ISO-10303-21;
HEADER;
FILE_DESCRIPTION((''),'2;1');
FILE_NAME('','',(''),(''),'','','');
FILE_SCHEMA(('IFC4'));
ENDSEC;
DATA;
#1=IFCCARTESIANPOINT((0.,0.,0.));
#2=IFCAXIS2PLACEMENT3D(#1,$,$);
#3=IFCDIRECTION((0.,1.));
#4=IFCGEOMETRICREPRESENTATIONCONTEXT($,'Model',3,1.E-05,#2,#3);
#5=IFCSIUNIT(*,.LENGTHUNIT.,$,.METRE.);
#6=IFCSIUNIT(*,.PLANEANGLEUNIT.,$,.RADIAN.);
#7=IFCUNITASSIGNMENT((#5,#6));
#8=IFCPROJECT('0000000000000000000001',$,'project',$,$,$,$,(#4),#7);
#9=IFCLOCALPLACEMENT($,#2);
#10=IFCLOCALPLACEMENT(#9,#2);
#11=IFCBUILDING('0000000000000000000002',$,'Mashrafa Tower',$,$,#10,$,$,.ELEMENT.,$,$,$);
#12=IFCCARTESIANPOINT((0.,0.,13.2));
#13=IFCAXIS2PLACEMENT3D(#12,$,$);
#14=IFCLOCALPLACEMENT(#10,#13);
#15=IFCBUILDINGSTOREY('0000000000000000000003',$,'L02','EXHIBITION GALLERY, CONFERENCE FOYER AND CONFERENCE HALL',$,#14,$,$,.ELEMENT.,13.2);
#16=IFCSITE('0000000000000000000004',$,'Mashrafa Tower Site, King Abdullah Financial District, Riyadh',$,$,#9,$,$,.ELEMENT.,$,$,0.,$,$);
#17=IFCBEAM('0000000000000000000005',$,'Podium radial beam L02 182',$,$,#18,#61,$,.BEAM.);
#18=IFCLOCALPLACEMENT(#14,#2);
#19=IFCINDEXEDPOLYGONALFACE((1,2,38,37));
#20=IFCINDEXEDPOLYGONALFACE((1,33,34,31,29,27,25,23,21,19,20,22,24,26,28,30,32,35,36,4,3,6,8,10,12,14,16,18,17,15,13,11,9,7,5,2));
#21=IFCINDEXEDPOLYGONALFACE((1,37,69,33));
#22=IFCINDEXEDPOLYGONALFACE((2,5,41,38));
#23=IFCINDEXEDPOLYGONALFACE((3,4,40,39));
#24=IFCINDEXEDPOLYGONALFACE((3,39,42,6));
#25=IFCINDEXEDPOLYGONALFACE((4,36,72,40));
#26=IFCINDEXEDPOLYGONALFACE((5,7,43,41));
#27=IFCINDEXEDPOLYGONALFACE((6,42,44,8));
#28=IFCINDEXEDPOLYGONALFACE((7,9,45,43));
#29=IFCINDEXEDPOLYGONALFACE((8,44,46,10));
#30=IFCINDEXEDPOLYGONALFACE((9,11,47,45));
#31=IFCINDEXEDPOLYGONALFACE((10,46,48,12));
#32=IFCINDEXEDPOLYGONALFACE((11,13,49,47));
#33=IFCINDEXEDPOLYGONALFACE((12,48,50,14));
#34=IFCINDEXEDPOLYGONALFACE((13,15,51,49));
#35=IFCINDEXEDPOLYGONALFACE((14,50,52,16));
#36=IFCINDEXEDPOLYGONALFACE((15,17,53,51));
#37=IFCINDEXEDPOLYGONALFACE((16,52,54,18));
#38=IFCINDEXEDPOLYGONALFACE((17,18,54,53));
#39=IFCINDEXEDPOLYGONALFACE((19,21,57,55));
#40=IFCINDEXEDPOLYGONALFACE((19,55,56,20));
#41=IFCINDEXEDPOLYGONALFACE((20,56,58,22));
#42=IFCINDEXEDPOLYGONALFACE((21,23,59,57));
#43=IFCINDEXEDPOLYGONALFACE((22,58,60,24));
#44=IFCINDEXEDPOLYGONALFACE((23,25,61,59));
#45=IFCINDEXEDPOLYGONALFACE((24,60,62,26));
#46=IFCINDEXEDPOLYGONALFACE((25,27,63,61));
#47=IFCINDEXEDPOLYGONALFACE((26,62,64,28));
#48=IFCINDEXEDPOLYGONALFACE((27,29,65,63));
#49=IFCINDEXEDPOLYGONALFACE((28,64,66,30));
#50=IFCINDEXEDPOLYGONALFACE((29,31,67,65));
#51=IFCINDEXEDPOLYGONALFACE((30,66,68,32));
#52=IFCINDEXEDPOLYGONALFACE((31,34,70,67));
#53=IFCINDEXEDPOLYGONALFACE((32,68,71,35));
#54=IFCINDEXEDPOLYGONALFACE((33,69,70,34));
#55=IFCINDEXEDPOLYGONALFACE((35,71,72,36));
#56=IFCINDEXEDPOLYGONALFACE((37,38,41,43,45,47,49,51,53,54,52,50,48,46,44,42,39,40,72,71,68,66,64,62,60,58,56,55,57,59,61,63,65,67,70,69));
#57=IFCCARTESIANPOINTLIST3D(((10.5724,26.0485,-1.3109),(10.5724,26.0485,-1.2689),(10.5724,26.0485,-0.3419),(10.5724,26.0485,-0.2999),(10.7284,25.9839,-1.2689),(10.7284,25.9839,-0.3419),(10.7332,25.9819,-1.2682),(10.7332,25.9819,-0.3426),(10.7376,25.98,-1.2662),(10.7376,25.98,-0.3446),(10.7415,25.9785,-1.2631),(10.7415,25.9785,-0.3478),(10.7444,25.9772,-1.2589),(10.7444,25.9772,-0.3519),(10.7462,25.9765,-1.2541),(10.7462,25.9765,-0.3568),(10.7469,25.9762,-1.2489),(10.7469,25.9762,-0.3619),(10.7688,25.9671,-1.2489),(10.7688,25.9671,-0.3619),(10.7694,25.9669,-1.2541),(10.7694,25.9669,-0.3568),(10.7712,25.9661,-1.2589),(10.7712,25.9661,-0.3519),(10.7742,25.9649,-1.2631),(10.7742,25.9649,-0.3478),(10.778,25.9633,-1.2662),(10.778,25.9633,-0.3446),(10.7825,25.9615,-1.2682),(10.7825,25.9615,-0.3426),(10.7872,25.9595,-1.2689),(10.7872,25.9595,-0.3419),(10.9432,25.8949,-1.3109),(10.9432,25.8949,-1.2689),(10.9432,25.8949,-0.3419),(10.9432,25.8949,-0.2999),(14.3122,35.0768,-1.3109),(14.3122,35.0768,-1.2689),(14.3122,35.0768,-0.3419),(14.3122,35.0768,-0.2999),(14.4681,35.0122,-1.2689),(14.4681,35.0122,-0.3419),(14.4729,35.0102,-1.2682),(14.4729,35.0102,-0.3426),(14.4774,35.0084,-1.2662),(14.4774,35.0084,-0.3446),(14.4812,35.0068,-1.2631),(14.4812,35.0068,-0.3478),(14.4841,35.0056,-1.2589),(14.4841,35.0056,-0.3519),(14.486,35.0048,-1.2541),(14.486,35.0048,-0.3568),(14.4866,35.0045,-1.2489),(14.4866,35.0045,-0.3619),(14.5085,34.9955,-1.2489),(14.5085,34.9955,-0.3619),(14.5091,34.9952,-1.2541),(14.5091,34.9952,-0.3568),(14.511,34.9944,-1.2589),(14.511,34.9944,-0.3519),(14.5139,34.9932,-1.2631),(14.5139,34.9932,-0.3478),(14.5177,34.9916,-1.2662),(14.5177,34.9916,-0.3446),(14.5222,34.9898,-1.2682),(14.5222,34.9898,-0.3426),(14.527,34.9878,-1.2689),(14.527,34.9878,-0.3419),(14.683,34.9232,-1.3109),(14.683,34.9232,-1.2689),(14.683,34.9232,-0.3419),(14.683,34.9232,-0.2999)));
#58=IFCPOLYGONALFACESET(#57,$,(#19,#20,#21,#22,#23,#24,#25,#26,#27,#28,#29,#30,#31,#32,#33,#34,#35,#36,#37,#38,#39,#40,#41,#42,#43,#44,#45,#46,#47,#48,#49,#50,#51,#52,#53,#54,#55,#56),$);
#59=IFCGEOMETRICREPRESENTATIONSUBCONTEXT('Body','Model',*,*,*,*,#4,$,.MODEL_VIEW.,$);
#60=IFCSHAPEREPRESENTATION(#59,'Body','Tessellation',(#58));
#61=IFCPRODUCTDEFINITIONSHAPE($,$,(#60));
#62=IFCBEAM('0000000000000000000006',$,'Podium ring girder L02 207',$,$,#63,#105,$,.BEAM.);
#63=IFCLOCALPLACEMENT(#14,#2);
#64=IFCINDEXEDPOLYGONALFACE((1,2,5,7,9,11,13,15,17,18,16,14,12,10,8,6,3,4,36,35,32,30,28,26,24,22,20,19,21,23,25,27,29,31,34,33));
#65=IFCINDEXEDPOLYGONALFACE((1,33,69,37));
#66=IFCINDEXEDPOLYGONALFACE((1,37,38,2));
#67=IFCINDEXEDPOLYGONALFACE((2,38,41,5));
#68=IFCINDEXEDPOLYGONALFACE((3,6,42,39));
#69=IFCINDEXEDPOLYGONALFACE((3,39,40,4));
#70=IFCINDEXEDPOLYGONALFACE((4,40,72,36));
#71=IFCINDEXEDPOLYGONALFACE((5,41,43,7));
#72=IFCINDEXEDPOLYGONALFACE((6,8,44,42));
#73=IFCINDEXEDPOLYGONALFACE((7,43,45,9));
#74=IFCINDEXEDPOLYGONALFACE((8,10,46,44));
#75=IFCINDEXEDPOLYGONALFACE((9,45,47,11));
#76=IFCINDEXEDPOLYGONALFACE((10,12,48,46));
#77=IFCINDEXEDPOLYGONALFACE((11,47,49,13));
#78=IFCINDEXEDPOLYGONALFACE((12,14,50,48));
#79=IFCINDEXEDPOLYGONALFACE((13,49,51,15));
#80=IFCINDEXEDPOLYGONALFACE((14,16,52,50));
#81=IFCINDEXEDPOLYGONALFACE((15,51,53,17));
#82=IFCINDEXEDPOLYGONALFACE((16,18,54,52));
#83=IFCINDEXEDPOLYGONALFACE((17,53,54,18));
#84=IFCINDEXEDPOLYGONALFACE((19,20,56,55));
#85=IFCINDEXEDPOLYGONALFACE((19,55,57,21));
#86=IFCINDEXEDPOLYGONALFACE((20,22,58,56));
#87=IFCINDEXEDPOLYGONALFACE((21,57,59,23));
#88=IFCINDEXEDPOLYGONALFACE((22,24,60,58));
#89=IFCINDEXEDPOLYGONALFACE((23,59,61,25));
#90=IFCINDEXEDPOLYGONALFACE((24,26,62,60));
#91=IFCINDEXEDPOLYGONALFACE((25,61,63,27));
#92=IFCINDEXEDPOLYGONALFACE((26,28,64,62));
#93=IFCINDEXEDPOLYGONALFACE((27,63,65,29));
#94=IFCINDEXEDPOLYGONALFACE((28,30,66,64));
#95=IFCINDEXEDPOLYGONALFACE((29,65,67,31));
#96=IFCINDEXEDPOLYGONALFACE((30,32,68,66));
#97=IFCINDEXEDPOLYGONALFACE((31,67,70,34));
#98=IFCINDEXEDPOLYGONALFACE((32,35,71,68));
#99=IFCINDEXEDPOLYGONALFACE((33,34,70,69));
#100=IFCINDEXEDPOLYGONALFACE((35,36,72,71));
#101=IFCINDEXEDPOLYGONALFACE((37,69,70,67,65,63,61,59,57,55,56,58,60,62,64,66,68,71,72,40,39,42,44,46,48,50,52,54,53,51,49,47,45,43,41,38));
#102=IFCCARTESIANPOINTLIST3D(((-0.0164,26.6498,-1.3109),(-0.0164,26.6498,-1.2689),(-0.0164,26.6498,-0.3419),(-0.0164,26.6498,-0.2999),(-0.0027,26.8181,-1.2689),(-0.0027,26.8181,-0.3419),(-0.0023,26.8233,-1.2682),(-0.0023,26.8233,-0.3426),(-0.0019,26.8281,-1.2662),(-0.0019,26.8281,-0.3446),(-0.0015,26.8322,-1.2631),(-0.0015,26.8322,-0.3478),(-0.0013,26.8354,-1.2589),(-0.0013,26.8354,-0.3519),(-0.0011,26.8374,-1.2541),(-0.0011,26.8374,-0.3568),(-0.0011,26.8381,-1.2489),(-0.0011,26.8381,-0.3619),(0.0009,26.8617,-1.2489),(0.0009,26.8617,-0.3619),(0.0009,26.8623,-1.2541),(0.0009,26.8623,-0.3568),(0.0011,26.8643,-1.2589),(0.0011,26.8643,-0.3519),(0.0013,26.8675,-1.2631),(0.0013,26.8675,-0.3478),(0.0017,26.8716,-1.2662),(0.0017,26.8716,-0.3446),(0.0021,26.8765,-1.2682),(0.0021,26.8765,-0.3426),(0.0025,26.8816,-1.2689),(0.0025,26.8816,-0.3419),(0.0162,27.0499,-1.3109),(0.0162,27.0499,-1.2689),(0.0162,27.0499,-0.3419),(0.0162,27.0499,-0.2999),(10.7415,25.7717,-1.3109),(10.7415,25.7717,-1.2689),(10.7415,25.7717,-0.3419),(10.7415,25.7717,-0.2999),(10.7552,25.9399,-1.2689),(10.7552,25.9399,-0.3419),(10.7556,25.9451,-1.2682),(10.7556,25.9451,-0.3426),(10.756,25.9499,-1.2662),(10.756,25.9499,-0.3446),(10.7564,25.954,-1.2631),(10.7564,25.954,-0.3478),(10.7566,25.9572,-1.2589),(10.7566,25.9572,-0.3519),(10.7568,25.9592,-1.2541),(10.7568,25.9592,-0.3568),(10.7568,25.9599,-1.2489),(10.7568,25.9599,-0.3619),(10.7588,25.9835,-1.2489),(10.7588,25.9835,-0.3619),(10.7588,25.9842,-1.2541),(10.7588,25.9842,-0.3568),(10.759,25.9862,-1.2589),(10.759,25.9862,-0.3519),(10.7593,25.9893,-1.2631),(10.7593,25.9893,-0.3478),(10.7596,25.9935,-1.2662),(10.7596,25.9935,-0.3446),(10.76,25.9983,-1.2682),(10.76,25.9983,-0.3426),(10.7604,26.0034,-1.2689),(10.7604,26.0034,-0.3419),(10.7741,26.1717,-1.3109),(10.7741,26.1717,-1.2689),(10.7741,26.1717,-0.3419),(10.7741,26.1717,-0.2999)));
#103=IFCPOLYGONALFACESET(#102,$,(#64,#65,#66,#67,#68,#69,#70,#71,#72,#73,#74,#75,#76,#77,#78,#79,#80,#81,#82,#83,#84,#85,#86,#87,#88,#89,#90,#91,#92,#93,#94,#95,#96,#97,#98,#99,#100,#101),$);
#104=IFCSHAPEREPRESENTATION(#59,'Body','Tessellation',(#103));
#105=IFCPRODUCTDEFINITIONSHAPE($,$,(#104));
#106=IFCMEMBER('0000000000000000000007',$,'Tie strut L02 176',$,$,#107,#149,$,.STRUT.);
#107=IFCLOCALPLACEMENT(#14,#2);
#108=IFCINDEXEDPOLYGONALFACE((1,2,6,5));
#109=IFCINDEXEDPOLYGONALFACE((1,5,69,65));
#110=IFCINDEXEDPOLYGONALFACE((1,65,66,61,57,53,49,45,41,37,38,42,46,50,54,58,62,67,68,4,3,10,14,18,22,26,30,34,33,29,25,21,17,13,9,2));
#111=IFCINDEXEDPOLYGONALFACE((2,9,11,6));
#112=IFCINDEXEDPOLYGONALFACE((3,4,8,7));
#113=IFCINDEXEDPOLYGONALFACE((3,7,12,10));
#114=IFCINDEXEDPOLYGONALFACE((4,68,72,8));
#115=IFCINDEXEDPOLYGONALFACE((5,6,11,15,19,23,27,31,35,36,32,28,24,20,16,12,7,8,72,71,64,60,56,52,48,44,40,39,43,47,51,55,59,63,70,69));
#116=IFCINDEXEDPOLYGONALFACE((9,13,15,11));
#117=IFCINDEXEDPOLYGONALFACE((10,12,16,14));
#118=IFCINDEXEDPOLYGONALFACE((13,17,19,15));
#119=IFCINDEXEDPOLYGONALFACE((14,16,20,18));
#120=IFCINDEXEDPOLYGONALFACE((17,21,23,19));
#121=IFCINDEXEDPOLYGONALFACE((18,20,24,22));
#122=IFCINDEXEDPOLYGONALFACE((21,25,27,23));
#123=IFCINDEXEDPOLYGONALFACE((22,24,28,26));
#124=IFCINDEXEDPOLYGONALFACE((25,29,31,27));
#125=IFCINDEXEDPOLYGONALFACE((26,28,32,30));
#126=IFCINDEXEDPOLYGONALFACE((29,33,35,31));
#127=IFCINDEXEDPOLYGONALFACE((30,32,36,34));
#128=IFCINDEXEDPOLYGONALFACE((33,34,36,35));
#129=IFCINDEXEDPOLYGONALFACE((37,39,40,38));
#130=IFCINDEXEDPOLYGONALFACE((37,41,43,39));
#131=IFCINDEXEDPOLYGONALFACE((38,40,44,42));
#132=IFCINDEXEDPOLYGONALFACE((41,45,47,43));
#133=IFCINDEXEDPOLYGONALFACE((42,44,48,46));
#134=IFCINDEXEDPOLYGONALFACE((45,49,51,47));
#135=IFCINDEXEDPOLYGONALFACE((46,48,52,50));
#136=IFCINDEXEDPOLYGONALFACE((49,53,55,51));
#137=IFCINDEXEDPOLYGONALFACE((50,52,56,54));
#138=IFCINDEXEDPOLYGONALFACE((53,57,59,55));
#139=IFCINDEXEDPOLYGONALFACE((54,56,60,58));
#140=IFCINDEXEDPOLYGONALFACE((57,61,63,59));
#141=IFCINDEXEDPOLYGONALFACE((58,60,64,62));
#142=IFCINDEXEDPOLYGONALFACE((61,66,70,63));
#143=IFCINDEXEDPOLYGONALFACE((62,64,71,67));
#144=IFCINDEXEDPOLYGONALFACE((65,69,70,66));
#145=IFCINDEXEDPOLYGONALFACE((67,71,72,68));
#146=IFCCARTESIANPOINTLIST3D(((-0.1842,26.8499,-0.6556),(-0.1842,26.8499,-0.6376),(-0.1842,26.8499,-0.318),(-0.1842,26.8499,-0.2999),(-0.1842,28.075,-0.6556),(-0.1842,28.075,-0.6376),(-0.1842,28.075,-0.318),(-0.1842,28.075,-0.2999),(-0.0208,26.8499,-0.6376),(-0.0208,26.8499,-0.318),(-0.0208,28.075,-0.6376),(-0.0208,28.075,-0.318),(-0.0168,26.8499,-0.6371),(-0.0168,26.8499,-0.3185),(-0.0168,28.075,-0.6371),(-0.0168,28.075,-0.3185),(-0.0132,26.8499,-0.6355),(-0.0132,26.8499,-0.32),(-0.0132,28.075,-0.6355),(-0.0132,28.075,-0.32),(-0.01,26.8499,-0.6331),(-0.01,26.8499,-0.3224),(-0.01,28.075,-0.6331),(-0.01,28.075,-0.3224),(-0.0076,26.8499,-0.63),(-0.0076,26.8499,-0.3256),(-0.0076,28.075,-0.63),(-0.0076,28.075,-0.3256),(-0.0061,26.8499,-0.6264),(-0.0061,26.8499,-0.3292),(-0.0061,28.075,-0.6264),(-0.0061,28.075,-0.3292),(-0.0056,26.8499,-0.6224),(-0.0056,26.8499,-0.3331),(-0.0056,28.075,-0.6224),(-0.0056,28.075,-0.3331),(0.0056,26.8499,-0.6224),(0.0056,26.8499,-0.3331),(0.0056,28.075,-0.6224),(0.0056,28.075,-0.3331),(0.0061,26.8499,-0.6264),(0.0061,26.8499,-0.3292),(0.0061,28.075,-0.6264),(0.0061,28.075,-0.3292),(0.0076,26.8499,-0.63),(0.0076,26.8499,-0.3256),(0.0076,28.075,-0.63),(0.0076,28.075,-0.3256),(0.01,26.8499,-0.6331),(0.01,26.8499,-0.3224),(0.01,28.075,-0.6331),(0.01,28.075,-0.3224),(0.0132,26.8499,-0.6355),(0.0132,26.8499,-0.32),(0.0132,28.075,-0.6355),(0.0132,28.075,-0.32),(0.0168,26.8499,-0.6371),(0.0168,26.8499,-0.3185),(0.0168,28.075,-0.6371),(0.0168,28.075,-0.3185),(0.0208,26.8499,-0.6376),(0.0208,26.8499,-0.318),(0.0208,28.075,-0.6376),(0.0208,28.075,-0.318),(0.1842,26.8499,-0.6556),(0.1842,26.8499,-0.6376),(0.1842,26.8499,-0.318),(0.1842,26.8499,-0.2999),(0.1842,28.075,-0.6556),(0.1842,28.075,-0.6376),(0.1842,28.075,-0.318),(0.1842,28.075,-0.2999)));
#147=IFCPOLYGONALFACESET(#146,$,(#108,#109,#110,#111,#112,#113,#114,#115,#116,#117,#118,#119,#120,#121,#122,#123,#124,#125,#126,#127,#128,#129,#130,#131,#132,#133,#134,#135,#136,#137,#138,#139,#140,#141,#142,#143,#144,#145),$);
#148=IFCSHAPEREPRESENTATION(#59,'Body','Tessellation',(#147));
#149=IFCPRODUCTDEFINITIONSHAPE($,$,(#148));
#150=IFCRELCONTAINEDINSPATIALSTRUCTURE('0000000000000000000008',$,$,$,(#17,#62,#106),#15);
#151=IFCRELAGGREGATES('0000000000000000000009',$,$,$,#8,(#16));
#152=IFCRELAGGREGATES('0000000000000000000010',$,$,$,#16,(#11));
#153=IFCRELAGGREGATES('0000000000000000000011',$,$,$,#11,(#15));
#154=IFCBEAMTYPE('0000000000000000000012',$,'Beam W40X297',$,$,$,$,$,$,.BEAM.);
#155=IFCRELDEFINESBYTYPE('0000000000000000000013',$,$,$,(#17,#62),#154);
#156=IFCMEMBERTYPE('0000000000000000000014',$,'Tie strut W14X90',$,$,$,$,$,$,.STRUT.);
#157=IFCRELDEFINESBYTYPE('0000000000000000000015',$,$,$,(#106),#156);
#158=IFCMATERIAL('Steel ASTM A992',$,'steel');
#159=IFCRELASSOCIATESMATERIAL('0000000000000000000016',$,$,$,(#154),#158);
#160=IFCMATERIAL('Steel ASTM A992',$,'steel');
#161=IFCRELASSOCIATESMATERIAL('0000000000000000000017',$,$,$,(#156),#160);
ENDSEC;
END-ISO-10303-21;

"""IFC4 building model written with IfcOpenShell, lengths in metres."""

from ifc_helpers import new_model, si_unit, direction, frame, origin, origin_2d, place, context, subcontext, project, spatial, i_section, extrude, source, transform, mapped, material, material_profile, profile_set, type_object, type_shapes, element, save


model = new_model("IFC4")

# Units and contexts
model_context = context("Model", 3, precision=1e-05, world=origin(), true_north=direction((0.0, 1.0)))
body_context = subcontext(model_context, "Body", "Model", "MODEL_VIEW")
ifc_project = project(units=[si_unit("LENGTHUNIT", "METRE"), si_unit("PLANEANGLEUNIT", "RADIAN")], contexts=[model_context])

# Site, building, storey
site_placement = place(None, origin())
site = spatial("IfcSite", under=ifc_project, at=site_placement, Name="Mashrafa Tower Site, King Abdullah Financial District, Riyadh", CompositionType="ELEMENT", RefElevation=0.0)
building_placement = place(site_placement, origin())
building = spatial("IfcBuilding", under=site, at=building_placement, Name="Mashrafa Tower", CompositionType="ELEMENT")
storey_placement = place(building_placement, frame((0.0, 0.0, 13.2)))
storey = spatial("IfcBuildingStorey", under=building, at=storey_placement, Name="L02", Description="EXHIBITION GALLERY, CONFERENCE FOYER AND CONFERENCE HALL", CompositionType="ELEMENT", Elevation=13.2)

# Beams
ifc_material_1 = material(Name="Steel ASTM A992", Category="steel")
ifc_material_profile_1 = material_profile(ifc_material_1, i_section(OverallWidth=0.4014, OverallDepth=1.011, WebThickness=0.0237, FlangeThickness=0.042, FilletRadius=0.02, at=origin_2d()), Name="W40X297")
ifc_profile_set_1 = profile_set([ifc_material_profile_1], Name="Steel ASTM A992")
beam_type_1 = type_object("IfcBeamType", Name="Beam W40X297", PredefinedType="BEAM", material=ifc_profile_set_1)
beam_1_placement = place(storey_placement, frame((10.7578, 25.9717, -0.8054), z_axis=(0.382692, 0.923876, 0.0), x_axis=(-0.923876, 0.382692, 0.0)))
element("IfcBeam", 1, at=beam_1_placement, inside=storey, type_object=beam_type_1, Name="Podium radial beam L02 182", PredefinedType="BEAM", context=body_context, shape_type="SweptSolid", body=[
    extrude(i_section(OverallWidth=0.4014, OverallDepth=1.011, WebThickness=0.0237, FlangeThickness=0.042, FilletRadius=0.02, at=origin_2d()), origin(), (0.0, 0.0, 1.0), 9.7722),
])
beam_2_placement = place(storey_placement, frame((10.7578, 25.9717, -0.8054), z_axis=(-0.996685, 0.081361, 0.0), x_axis=(-0.081361, -0.996685, 0.0)))
element("IfcBeam", 2, at=beam_2_placement, inside=storey, type_object=beam_type_1, Name="Podium ring girder L02 207", PredefinedType="BEAM", context=body_context, shape_type="SweptSolid", body=[
    extrude(i_section(OverallWidth=0.4014, OverallDepth=1.011, WebThickness=0.0237, FlangeThickness=0.042, FilletRadius=0.02, at=origin_2d()), origin(), (0.0, 0.0, 1.0), 10.7937),
])

# Member
ifc_material_2 = material(Name="Steel ASTM A992", Category="steel")
ifc_material_profile_2 = material_profile(ifc_material_2, i_section(OverallWidth=0.3684, OverallDepth=0.3557, WebThickness=0.0112, FlangeThickness=0.0181, FilletRadius=0.0151, at=origin_2d()), Name="W14X90")
ifc_profile_set_2 = profile_set([ifc_material_profile_2], Name="Steel ASTM A992")
member_type = type_object("IfcMemberType", Name="Tie strut W14X90", PredefinedType="STRUT", material=ifc_profile_set_2)
shared_shape = source(origin(), body_context, "Body", "SweptSolid", [
    extrude(i_section(OverallWidth=0.3684, OverallDepth=0.3557, WebThickness=0.0112, FlangeThickness=0.0181, FilletRadius=0.0151, at=origin_2d()), origin(), (0.0, 0.0, 1.0), 1.2251),
])
type_shapes(member_type, [shared_shape])
member_placement = place(storey_placement, frame((0.0, 26.8499, -0.4778), z_axis=(0.0, 1.0, 0.0), x_axis=(-1.0, 0.0, 0.0)))
element("IfcMember", 3, at=member_placement, inside=storey, type_object=member_type, Name="Tie strut L02 176", PredefinedType="STRUT", context=body_context, shape_type="MappedRepresentation", body=[
    mapped(shared_shape, transform((0.0, 0.0, 0.0))),
])

save(model, "model.ifc")
